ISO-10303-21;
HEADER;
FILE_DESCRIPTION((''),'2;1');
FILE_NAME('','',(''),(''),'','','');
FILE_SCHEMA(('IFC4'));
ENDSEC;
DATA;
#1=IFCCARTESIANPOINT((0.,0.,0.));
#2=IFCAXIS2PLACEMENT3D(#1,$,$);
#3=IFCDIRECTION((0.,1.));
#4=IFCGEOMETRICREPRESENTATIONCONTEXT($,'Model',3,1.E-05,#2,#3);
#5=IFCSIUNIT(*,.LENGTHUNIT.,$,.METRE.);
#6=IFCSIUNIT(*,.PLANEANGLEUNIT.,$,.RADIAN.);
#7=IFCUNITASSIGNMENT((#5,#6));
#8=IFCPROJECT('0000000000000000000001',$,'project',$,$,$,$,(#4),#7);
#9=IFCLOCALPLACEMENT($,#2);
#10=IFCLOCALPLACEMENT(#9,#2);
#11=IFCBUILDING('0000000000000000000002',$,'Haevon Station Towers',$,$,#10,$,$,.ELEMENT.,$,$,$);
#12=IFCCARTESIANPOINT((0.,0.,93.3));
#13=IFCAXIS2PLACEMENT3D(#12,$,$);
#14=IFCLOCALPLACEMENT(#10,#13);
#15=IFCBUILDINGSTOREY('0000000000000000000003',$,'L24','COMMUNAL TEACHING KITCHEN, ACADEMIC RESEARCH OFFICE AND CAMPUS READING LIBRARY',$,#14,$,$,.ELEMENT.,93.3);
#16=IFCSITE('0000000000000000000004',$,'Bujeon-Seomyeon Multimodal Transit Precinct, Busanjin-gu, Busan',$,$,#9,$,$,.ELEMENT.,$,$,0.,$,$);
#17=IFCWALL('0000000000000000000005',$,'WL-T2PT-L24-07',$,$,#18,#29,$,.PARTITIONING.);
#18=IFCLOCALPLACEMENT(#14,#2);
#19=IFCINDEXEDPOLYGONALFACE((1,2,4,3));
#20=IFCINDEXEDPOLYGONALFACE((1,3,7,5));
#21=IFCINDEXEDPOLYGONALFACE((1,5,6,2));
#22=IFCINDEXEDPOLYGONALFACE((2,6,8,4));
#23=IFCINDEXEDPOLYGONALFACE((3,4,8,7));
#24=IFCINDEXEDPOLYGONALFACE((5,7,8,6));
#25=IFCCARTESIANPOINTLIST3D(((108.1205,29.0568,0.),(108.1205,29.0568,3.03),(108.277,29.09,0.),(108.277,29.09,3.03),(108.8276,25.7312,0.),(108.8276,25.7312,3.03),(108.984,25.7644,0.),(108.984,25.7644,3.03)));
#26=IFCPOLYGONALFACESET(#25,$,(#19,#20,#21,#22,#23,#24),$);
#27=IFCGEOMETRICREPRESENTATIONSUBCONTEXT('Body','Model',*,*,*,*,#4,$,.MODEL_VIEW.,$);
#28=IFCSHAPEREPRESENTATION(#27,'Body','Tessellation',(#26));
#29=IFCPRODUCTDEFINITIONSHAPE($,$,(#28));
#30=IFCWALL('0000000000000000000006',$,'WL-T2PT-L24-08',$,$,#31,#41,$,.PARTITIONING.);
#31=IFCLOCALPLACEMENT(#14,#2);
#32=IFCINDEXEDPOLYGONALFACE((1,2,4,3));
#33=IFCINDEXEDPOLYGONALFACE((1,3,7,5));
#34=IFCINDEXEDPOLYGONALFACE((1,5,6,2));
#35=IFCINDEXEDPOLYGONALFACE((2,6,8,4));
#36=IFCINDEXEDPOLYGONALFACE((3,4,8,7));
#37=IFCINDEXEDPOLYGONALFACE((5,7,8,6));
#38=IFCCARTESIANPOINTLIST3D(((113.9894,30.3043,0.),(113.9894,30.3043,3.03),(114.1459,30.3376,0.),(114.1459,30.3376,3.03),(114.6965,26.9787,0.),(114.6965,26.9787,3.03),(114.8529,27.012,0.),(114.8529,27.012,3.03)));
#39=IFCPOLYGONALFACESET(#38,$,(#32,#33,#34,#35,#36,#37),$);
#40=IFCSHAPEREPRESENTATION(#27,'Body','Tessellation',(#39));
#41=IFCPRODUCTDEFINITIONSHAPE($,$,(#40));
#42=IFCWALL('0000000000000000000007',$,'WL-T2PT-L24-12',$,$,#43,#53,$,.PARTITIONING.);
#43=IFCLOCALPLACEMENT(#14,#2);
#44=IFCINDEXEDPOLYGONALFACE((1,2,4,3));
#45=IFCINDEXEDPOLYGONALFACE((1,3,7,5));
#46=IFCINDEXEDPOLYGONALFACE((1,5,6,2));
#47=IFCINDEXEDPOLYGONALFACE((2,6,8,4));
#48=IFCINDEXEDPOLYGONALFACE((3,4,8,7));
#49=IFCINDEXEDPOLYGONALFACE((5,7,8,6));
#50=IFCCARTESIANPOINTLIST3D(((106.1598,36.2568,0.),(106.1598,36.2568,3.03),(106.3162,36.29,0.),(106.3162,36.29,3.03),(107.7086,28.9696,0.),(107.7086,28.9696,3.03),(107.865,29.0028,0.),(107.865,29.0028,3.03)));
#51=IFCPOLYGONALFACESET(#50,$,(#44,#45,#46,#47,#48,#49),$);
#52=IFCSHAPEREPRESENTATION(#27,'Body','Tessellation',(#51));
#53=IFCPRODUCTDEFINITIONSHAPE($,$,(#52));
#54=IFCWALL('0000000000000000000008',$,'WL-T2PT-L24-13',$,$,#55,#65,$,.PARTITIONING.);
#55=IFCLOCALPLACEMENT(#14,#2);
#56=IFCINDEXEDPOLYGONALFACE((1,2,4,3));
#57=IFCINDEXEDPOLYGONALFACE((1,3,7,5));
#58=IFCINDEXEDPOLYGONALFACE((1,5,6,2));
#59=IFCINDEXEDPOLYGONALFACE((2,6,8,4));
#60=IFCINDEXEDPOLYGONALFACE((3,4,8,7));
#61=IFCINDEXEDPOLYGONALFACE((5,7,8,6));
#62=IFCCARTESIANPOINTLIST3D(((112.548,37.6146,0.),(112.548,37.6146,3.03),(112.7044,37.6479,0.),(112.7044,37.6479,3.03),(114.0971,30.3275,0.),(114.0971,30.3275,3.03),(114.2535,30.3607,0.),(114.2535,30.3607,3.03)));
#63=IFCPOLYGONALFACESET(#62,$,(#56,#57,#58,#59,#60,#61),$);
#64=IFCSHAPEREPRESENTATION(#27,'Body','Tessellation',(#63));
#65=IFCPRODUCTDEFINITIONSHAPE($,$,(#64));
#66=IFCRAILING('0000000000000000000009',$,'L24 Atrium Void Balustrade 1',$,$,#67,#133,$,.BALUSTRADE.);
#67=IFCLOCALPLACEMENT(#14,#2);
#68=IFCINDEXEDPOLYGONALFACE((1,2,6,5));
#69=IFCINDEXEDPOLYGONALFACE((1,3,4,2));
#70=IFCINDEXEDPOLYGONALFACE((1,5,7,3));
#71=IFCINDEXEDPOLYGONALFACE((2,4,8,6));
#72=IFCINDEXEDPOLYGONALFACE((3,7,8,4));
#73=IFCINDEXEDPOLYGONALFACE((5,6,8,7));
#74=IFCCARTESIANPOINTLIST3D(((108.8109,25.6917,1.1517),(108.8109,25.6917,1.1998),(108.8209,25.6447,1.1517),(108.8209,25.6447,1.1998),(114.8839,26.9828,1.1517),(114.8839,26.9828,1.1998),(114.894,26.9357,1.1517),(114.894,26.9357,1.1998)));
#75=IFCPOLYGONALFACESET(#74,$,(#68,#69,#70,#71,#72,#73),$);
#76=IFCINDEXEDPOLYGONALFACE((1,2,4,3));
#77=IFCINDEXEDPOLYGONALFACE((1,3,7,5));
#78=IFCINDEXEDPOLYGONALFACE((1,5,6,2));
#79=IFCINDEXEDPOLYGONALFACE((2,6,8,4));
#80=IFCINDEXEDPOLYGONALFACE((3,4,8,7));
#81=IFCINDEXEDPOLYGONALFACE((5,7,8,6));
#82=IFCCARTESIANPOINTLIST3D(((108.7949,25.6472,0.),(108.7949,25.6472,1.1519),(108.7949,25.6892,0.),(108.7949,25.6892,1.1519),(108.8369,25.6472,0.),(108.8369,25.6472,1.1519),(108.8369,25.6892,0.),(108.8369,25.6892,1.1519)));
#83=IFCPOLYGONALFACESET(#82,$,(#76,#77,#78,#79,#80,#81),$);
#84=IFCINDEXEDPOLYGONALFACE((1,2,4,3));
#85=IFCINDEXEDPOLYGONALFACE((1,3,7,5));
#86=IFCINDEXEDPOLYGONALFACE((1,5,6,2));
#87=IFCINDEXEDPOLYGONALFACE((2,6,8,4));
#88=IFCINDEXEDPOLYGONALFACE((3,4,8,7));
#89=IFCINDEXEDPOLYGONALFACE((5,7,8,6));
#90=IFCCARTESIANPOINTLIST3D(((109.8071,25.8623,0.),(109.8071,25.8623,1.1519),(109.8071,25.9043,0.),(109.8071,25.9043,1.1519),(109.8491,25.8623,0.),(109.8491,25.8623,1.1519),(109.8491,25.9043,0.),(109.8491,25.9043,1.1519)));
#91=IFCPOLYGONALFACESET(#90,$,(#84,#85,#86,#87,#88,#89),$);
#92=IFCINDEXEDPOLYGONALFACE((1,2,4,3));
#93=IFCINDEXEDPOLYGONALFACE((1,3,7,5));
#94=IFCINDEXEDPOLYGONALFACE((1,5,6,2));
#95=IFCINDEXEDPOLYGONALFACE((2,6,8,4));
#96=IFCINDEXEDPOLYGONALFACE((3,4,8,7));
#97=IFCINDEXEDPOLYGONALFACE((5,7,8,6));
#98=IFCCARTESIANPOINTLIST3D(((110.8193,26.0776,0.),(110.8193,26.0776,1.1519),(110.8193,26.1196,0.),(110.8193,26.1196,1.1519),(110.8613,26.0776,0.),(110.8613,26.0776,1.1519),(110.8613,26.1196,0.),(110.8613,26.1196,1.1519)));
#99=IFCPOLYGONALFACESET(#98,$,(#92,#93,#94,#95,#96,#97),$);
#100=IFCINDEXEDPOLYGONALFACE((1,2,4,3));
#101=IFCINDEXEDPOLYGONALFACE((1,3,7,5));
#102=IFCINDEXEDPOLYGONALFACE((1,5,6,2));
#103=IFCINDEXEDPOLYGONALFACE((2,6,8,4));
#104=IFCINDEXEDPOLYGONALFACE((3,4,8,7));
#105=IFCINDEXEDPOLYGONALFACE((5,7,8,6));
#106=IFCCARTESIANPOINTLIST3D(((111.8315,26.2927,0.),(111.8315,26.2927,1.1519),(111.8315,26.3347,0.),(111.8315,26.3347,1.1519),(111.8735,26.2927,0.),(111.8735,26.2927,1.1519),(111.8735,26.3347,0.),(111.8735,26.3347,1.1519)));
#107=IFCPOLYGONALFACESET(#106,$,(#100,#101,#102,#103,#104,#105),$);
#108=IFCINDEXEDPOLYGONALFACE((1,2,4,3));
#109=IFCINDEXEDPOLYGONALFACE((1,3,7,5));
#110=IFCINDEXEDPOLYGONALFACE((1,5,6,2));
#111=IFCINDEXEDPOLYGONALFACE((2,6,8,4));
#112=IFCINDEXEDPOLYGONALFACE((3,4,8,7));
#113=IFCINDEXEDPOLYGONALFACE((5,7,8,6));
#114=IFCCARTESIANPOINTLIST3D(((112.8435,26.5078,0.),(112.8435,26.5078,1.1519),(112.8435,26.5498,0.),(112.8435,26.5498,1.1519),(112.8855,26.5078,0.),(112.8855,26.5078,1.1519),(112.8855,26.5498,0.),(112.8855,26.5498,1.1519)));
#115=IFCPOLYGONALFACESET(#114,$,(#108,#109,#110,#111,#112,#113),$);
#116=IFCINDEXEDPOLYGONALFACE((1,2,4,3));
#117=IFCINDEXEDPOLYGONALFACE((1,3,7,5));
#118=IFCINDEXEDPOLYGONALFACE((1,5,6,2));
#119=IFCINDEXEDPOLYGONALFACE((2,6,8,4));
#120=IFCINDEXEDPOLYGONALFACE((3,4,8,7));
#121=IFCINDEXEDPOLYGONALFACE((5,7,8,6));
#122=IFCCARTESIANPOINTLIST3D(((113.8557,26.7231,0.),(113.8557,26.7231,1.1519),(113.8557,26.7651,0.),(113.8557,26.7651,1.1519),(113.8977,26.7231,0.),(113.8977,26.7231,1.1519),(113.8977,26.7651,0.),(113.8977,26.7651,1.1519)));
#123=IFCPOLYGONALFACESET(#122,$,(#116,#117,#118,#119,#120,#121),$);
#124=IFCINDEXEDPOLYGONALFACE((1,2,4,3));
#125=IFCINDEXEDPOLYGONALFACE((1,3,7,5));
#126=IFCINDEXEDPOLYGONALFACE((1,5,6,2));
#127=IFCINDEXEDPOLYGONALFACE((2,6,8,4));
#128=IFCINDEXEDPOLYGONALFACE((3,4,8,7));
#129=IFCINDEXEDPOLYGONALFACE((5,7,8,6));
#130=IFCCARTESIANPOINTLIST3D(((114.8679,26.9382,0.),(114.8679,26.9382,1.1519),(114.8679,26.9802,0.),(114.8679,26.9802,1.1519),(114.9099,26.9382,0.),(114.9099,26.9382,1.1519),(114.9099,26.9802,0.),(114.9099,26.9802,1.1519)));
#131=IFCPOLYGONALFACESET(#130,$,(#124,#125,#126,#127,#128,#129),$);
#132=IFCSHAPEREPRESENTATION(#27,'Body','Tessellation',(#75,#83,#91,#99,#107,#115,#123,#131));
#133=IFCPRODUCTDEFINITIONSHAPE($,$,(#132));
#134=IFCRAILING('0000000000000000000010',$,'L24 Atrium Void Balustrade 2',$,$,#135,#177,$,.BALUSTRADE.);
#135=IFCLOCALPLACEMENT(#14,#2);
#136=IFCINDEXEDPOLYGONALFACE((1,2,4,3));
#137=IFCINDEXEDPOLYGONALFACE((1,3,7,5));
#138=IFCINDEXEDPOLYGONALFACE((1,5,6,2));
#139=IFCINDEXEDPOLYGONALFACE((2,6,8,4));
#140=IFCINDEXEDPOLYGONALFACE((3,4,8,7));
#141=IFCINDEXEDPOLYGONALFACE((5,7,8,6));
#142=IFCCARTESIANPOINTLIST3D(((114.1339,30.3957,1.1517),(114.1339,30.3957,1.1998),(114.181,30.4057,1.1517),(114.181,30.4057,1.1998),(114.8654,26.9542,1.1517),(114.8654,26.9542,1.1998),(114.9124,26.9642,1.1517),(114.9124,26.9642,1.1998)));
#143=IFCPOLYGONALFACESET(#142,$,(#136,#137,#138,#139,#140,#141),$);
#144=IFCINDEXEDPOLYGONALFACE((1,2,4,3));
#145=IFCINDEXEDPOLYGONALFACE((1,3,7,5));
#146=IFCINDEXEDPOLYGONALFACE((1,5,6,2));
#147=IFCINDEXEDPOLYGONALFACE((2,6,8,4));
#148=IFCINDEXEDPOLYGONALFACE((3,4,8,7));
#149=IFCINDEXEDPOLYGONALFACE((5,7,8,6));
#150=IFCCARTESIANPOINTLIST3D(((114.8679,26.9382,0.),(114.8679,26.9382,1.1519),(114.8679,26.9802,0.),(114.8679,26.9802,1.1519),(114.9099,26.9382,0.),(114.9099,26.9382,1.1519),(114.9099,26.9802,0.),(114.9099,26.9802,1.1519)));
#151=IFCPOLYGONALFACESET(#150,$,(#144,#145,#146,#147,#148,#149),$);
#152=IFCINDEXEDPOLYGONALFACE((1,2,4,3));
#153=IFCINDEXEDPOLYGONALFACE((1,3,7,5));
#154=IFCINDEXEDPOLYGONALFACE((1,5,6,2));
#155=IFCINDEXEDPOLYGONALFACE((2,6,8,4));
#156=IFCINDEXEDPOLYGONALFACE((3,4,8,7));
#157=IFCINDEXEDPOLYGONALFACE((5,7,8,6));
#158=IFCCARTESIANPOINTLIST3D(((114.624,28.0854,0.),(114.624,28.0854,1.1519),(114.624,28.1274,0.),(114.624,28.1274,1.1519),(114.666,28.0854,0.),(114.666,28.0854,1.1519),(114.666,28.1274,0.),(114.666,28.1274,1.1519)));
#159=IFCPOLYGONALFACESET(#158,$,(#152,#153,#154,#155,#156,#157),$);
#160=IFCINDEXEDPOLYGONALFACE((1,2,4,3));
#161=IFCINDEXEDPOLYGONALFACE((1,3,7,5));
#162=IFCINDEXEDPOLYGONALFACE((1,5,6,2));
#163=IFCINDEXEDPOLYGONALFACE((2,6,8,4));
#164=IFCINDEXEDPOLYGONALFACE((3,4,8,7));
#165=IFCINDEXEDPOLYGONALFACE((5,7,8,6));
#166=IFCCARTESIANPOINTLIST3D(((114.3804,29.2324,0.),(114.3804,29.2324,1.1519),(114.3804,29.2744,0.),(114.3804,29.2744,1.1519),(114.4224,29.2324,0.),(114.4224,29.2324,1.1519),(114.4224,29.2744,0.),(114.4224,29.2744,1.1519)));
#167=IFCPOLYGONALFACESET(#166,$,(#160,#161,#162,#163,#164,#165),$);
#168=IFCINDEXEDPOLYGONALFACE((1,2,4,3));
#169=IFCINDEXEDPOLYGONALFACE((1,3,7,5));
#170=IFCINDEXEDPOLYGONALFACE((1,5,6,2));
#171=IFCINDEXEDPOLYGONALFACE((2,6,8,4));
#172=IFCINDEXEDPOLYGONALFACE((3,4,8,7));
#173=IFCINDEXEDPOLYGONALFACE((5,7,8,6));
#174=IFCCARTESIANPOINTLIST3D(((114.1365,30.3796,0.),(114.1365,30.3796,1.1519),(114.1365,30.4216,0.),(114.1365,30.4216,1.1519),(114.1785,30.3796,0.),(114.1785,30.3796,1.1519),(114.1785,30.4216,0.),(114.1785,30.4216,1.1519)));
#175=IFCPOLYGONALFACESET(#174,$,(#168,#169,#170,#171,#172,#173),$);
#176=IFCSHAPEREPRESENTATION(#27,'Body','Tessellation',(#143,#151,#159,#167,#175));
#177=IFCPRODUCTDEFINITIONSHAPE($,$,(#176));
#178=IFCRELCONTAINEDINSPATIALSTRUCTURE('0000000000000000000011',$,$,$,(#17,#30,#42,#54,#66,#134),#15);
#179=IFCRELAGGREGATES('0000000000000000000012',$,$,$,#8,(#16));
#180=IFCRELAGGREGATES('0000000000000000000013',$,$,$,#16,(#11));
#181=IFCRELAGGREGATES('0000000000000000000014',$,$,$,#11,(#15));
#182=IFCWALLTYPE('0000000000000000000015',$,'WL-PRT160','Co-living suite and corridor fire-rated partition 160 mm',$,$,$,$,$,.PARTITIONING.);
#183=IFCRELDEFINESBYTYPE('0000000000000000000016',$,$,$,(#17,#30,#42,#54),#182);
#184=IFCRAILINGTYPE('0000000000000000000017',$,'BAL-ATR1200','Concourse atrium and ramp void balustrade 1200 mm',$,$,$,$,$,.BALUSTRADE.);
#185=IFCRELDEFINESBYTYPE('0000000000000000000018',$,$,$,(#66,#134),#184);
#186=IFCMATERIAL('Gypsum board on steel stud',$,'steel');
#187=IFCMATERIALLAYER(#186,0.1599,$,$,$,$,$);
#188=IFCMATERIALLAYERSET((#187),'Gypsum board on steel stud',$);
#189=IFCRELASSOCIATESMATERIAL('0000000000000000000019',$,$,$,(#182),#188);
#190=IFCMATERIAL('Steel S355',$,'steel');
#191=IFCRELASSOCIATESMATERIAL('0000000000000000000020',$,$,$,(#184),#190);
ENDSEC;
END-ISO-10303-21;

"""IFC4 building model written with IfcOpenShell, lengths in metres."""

from ifc_helpers import new_model, si_unit, direction, frame, frame_2d, origin, origin_2d, place, context, subcontext, project, spatial, rectangle, extrude, material, layer, layer_set, type_object, element, save


model = new_model("IFC4")

# Units and contexts
model_context = context("Model", 3, precision=1e-05, world=origin(), true_north=direction((0.0, 1.0)))
body_context = subcontext(model_context, "Body", "Model", "MODEL_VIEW")
ifc_project = project(units=[si_unit("LENGTHUNIT", "METRE"), si_unit("PLANEANGLEUNIT", "RADIAN")], contexts=[model_context])

# Site, building, storey
site_placement = place(None, origin())
site = spatial("IfcSite", under=ifc_project, at=site_placement, Name="Bujeon-Seomyeon Multimodal Transit Precinct, Busanjin-gu, Busan", CompositionType="ELEMENT", RefElevation=0.0)
building_placement = place(site_placement, origin())
building = spatial("IfcBuilding", under=site, at=building_placement, Name="Haevon Station Towers", CompositionType="ELEMENT")
storey_placement = place(building_placement, frame((0.0, 0.0, 93.3)))
storey = spatial("IfcBuildingStorey", under=building, at=storey_placement, Name="L24", Description="COMMUNAL TEACHING KITCHEN, ACADEMIC RESEARCH OFFICE AND CAMPUS READING LIBRARY", CompositionType="ELEMENT", Elevation=93.3)

# Shared definitions
ifc_material_1 = material(Name="Steel S355", Category="steel")

# Shared definitions
ifc_material_2 = material(Name="Gypsum board on steel stud", Category="steel")

# Walls
ifc_layer_1 = layer(ifc_material_2, 0.1599)
ifc_layer_set_1 = layer_set([ifc_layer_1], Name="Gypsum board on steel stud")
wall_type_1 = type_object("IfcWallType", Name="WL-PRT160", Description="Co-living suite and corridor fire-rated partition 160 mm", PredefinedType="PARTITIONING", material=ifc_layer_set_1)
for number, where, z_axis, x_axis, name in (
    (1, (108.9058, 25.7478, 0.0), (0.0, 0.0, 1.0), (-0.20795, 0.97814, 0.0), "WL-T2PT-L24-07"),
    (2, (114.7747, 26.9954, 0.0), (0.0, 0.0, 1.0), (-0.20795, 0.97814, 0.0), "WL-T2PT-L24-08"),
):
    element("IfcWall", number, at=place(storey_placement, frame(where, z_axis=z_axis, x_axis=x_axis)), inside=storey, type_object=wall_type_1, Name=name, PredefinedType="PARTITIONING", context=body_context, shape_type="SweptSolid", body=[
        extrude(rectangle(XDim=3.3999, YDim=0.1599, at=frame_2d((1.7, 0.0))), origin(), (0.0, 0.0, 1.0), 3.03),
    ])
for number, where, z_axis, x_axis, name in (
    (3, (107.7869, 28.9861, 0.0), (0.0, 0.0, 1.0), (-0.2079, 0.97815, 0.0), "WL-T2PT-L24-12"),
    (4, (114.1753, 30.344, 0.0), (0.0, 0.0, 1.0), (-0.207931, 0.978144, 0.0), "WL-T2PT-L24-13"),
):
    element("IfcWall", number, at=place(storey_placement, frame(where, z_axis=z_axis, x_axis=x_axis)), inside=storey, type_object=wall_type_1, Name=name, PredefinedType="PARTITIONING", context=body_context, shape_type="SweptSolid", body=[
        extrude(rectangle(XDim=7.45, YDim=0.1599, at=frame_2d((3.7251, 0.0))), origin(), (0.0, 0.0, 1.0), 3.03),
    ])

# Railings
railing_type = type_object("IfcRailingType", Name="BAL-ATR1200", Description="Concourse atrium and ramp void balustrade 1200 mm", PredefinedType="BALUSTRADE", material=ifc_material_1)
railing_1_placement = place(storey_placement, frame((108.8159, 25.6682, 0.0)))
element("IfcRailing", 5, at=railing_1_placement, inside=storey, type_object=railing_type, Name="L24 Atrium Void Balustrade 1", PredefinedType="BALUSTRADE", context=body_context, shape_type="SweptSolid", body=[
    extrude(rectangle(XDim=0.0481, YDim=0.0481, at=origin_2d()), frame((0.0, 0.0, 1.1758), z_axis=(0.978142, 0.207936, 0.0), x_axis=(-0.207936, 0.978142, 0.0)), (0.0, 0.0, 1.0), 6.2087),
    extrude(rectangle(XDim=0.042, YDim=0.042, at=origin_2d()), origin(), (0.0, 0.0, 1.0), 1.1519),
    extrude(rectangle(XDim=0.042, YDim=0.042, at=origin_2d()), frame((1.0122, 0.2151, 0.0)), (0.0, 0.0, 1.0), 1.1519),
    extrude(rectangle(XDim=0.042, YDim=0.042, at=origin_2d()), frame((2.0244, 0.4304, 0.0)), (0.0, 0.0, 1.0), 1.1519),
    extrude(rectangle(XDim=0.042, YDim=0.042, at=origin_2d()), frame((3.0366, 0.6455, 0.0)), (0.0, 0.0, 1.0), 1.1519),
    extrude(rectangle(XDim=0.042, YDim=0.042, at=origin_2d()), frame((4.0486, 0.8606, 0.0)), (0.0, 0.0, 1.0), 1.1519),
    extrude(rectangle(XDim=0.042, YDim=0.042, at=origin_2d()), frame((5.0608, 1.0759, 0.0)), (0.0, 0.0, 1.0), 1.1519),
    extrude(rectangle(XDim=0.042, YDim=0.042, at=origin_2d()), frame((6.073, 1.291, 0.0)), (0.0, 0.0, 1.0), 1.1519),
])
railing_2_placement = place(storey_placement, frame((114.8889, 26.9592, 0.0)))
element("IfcRailing", 6, at=railing_2_placement, inside=storey, type_object=railing_type, Name="L24 Atrium Void Balustrade 2", PredefinedType="BALUSTRADE", context=body_context, shape_type="SweptSolid", body=[
    extrude(rectangle(XDim=0.0481, YDim=0.0481, at=origin_2d()), frame((0.0, 0.0, 1.1758), z_axis=(-0.207899, 0.97815, 0.0), x_axis=(-0.97815, -0.207899, 0.0)), (0.0, 0.0, 1.0), 3.5183),
    extrude(rectangle(XDim=0.042, YDim=0.042, at=origin_2d()), origin(), (0.0, 0.0, 1.0), 1.1519),
    extrude(rectangle(XDim=0.042, YDim=0.042, at=origin_2d()), frame((-0.2439, 1.1472, 0.0)), (0.0, 0.0, 1.0), 1.1519),
    extrude(rectangle(XDim=0.042, YDim=0.042, at=origin_2d()), frame((-0.4875, 2.2942, 0.0)), (0.0, 0.0, 1.0), 1.1519),
    extrude(rectangle(XDim=0.042, YDim=0.042, at=origin_2d()), frame((-0.7314, 3.4414, 0.0)), (0.0, 0.0, 1.0), 1.1519),
])

save(model, "model.ifc")
